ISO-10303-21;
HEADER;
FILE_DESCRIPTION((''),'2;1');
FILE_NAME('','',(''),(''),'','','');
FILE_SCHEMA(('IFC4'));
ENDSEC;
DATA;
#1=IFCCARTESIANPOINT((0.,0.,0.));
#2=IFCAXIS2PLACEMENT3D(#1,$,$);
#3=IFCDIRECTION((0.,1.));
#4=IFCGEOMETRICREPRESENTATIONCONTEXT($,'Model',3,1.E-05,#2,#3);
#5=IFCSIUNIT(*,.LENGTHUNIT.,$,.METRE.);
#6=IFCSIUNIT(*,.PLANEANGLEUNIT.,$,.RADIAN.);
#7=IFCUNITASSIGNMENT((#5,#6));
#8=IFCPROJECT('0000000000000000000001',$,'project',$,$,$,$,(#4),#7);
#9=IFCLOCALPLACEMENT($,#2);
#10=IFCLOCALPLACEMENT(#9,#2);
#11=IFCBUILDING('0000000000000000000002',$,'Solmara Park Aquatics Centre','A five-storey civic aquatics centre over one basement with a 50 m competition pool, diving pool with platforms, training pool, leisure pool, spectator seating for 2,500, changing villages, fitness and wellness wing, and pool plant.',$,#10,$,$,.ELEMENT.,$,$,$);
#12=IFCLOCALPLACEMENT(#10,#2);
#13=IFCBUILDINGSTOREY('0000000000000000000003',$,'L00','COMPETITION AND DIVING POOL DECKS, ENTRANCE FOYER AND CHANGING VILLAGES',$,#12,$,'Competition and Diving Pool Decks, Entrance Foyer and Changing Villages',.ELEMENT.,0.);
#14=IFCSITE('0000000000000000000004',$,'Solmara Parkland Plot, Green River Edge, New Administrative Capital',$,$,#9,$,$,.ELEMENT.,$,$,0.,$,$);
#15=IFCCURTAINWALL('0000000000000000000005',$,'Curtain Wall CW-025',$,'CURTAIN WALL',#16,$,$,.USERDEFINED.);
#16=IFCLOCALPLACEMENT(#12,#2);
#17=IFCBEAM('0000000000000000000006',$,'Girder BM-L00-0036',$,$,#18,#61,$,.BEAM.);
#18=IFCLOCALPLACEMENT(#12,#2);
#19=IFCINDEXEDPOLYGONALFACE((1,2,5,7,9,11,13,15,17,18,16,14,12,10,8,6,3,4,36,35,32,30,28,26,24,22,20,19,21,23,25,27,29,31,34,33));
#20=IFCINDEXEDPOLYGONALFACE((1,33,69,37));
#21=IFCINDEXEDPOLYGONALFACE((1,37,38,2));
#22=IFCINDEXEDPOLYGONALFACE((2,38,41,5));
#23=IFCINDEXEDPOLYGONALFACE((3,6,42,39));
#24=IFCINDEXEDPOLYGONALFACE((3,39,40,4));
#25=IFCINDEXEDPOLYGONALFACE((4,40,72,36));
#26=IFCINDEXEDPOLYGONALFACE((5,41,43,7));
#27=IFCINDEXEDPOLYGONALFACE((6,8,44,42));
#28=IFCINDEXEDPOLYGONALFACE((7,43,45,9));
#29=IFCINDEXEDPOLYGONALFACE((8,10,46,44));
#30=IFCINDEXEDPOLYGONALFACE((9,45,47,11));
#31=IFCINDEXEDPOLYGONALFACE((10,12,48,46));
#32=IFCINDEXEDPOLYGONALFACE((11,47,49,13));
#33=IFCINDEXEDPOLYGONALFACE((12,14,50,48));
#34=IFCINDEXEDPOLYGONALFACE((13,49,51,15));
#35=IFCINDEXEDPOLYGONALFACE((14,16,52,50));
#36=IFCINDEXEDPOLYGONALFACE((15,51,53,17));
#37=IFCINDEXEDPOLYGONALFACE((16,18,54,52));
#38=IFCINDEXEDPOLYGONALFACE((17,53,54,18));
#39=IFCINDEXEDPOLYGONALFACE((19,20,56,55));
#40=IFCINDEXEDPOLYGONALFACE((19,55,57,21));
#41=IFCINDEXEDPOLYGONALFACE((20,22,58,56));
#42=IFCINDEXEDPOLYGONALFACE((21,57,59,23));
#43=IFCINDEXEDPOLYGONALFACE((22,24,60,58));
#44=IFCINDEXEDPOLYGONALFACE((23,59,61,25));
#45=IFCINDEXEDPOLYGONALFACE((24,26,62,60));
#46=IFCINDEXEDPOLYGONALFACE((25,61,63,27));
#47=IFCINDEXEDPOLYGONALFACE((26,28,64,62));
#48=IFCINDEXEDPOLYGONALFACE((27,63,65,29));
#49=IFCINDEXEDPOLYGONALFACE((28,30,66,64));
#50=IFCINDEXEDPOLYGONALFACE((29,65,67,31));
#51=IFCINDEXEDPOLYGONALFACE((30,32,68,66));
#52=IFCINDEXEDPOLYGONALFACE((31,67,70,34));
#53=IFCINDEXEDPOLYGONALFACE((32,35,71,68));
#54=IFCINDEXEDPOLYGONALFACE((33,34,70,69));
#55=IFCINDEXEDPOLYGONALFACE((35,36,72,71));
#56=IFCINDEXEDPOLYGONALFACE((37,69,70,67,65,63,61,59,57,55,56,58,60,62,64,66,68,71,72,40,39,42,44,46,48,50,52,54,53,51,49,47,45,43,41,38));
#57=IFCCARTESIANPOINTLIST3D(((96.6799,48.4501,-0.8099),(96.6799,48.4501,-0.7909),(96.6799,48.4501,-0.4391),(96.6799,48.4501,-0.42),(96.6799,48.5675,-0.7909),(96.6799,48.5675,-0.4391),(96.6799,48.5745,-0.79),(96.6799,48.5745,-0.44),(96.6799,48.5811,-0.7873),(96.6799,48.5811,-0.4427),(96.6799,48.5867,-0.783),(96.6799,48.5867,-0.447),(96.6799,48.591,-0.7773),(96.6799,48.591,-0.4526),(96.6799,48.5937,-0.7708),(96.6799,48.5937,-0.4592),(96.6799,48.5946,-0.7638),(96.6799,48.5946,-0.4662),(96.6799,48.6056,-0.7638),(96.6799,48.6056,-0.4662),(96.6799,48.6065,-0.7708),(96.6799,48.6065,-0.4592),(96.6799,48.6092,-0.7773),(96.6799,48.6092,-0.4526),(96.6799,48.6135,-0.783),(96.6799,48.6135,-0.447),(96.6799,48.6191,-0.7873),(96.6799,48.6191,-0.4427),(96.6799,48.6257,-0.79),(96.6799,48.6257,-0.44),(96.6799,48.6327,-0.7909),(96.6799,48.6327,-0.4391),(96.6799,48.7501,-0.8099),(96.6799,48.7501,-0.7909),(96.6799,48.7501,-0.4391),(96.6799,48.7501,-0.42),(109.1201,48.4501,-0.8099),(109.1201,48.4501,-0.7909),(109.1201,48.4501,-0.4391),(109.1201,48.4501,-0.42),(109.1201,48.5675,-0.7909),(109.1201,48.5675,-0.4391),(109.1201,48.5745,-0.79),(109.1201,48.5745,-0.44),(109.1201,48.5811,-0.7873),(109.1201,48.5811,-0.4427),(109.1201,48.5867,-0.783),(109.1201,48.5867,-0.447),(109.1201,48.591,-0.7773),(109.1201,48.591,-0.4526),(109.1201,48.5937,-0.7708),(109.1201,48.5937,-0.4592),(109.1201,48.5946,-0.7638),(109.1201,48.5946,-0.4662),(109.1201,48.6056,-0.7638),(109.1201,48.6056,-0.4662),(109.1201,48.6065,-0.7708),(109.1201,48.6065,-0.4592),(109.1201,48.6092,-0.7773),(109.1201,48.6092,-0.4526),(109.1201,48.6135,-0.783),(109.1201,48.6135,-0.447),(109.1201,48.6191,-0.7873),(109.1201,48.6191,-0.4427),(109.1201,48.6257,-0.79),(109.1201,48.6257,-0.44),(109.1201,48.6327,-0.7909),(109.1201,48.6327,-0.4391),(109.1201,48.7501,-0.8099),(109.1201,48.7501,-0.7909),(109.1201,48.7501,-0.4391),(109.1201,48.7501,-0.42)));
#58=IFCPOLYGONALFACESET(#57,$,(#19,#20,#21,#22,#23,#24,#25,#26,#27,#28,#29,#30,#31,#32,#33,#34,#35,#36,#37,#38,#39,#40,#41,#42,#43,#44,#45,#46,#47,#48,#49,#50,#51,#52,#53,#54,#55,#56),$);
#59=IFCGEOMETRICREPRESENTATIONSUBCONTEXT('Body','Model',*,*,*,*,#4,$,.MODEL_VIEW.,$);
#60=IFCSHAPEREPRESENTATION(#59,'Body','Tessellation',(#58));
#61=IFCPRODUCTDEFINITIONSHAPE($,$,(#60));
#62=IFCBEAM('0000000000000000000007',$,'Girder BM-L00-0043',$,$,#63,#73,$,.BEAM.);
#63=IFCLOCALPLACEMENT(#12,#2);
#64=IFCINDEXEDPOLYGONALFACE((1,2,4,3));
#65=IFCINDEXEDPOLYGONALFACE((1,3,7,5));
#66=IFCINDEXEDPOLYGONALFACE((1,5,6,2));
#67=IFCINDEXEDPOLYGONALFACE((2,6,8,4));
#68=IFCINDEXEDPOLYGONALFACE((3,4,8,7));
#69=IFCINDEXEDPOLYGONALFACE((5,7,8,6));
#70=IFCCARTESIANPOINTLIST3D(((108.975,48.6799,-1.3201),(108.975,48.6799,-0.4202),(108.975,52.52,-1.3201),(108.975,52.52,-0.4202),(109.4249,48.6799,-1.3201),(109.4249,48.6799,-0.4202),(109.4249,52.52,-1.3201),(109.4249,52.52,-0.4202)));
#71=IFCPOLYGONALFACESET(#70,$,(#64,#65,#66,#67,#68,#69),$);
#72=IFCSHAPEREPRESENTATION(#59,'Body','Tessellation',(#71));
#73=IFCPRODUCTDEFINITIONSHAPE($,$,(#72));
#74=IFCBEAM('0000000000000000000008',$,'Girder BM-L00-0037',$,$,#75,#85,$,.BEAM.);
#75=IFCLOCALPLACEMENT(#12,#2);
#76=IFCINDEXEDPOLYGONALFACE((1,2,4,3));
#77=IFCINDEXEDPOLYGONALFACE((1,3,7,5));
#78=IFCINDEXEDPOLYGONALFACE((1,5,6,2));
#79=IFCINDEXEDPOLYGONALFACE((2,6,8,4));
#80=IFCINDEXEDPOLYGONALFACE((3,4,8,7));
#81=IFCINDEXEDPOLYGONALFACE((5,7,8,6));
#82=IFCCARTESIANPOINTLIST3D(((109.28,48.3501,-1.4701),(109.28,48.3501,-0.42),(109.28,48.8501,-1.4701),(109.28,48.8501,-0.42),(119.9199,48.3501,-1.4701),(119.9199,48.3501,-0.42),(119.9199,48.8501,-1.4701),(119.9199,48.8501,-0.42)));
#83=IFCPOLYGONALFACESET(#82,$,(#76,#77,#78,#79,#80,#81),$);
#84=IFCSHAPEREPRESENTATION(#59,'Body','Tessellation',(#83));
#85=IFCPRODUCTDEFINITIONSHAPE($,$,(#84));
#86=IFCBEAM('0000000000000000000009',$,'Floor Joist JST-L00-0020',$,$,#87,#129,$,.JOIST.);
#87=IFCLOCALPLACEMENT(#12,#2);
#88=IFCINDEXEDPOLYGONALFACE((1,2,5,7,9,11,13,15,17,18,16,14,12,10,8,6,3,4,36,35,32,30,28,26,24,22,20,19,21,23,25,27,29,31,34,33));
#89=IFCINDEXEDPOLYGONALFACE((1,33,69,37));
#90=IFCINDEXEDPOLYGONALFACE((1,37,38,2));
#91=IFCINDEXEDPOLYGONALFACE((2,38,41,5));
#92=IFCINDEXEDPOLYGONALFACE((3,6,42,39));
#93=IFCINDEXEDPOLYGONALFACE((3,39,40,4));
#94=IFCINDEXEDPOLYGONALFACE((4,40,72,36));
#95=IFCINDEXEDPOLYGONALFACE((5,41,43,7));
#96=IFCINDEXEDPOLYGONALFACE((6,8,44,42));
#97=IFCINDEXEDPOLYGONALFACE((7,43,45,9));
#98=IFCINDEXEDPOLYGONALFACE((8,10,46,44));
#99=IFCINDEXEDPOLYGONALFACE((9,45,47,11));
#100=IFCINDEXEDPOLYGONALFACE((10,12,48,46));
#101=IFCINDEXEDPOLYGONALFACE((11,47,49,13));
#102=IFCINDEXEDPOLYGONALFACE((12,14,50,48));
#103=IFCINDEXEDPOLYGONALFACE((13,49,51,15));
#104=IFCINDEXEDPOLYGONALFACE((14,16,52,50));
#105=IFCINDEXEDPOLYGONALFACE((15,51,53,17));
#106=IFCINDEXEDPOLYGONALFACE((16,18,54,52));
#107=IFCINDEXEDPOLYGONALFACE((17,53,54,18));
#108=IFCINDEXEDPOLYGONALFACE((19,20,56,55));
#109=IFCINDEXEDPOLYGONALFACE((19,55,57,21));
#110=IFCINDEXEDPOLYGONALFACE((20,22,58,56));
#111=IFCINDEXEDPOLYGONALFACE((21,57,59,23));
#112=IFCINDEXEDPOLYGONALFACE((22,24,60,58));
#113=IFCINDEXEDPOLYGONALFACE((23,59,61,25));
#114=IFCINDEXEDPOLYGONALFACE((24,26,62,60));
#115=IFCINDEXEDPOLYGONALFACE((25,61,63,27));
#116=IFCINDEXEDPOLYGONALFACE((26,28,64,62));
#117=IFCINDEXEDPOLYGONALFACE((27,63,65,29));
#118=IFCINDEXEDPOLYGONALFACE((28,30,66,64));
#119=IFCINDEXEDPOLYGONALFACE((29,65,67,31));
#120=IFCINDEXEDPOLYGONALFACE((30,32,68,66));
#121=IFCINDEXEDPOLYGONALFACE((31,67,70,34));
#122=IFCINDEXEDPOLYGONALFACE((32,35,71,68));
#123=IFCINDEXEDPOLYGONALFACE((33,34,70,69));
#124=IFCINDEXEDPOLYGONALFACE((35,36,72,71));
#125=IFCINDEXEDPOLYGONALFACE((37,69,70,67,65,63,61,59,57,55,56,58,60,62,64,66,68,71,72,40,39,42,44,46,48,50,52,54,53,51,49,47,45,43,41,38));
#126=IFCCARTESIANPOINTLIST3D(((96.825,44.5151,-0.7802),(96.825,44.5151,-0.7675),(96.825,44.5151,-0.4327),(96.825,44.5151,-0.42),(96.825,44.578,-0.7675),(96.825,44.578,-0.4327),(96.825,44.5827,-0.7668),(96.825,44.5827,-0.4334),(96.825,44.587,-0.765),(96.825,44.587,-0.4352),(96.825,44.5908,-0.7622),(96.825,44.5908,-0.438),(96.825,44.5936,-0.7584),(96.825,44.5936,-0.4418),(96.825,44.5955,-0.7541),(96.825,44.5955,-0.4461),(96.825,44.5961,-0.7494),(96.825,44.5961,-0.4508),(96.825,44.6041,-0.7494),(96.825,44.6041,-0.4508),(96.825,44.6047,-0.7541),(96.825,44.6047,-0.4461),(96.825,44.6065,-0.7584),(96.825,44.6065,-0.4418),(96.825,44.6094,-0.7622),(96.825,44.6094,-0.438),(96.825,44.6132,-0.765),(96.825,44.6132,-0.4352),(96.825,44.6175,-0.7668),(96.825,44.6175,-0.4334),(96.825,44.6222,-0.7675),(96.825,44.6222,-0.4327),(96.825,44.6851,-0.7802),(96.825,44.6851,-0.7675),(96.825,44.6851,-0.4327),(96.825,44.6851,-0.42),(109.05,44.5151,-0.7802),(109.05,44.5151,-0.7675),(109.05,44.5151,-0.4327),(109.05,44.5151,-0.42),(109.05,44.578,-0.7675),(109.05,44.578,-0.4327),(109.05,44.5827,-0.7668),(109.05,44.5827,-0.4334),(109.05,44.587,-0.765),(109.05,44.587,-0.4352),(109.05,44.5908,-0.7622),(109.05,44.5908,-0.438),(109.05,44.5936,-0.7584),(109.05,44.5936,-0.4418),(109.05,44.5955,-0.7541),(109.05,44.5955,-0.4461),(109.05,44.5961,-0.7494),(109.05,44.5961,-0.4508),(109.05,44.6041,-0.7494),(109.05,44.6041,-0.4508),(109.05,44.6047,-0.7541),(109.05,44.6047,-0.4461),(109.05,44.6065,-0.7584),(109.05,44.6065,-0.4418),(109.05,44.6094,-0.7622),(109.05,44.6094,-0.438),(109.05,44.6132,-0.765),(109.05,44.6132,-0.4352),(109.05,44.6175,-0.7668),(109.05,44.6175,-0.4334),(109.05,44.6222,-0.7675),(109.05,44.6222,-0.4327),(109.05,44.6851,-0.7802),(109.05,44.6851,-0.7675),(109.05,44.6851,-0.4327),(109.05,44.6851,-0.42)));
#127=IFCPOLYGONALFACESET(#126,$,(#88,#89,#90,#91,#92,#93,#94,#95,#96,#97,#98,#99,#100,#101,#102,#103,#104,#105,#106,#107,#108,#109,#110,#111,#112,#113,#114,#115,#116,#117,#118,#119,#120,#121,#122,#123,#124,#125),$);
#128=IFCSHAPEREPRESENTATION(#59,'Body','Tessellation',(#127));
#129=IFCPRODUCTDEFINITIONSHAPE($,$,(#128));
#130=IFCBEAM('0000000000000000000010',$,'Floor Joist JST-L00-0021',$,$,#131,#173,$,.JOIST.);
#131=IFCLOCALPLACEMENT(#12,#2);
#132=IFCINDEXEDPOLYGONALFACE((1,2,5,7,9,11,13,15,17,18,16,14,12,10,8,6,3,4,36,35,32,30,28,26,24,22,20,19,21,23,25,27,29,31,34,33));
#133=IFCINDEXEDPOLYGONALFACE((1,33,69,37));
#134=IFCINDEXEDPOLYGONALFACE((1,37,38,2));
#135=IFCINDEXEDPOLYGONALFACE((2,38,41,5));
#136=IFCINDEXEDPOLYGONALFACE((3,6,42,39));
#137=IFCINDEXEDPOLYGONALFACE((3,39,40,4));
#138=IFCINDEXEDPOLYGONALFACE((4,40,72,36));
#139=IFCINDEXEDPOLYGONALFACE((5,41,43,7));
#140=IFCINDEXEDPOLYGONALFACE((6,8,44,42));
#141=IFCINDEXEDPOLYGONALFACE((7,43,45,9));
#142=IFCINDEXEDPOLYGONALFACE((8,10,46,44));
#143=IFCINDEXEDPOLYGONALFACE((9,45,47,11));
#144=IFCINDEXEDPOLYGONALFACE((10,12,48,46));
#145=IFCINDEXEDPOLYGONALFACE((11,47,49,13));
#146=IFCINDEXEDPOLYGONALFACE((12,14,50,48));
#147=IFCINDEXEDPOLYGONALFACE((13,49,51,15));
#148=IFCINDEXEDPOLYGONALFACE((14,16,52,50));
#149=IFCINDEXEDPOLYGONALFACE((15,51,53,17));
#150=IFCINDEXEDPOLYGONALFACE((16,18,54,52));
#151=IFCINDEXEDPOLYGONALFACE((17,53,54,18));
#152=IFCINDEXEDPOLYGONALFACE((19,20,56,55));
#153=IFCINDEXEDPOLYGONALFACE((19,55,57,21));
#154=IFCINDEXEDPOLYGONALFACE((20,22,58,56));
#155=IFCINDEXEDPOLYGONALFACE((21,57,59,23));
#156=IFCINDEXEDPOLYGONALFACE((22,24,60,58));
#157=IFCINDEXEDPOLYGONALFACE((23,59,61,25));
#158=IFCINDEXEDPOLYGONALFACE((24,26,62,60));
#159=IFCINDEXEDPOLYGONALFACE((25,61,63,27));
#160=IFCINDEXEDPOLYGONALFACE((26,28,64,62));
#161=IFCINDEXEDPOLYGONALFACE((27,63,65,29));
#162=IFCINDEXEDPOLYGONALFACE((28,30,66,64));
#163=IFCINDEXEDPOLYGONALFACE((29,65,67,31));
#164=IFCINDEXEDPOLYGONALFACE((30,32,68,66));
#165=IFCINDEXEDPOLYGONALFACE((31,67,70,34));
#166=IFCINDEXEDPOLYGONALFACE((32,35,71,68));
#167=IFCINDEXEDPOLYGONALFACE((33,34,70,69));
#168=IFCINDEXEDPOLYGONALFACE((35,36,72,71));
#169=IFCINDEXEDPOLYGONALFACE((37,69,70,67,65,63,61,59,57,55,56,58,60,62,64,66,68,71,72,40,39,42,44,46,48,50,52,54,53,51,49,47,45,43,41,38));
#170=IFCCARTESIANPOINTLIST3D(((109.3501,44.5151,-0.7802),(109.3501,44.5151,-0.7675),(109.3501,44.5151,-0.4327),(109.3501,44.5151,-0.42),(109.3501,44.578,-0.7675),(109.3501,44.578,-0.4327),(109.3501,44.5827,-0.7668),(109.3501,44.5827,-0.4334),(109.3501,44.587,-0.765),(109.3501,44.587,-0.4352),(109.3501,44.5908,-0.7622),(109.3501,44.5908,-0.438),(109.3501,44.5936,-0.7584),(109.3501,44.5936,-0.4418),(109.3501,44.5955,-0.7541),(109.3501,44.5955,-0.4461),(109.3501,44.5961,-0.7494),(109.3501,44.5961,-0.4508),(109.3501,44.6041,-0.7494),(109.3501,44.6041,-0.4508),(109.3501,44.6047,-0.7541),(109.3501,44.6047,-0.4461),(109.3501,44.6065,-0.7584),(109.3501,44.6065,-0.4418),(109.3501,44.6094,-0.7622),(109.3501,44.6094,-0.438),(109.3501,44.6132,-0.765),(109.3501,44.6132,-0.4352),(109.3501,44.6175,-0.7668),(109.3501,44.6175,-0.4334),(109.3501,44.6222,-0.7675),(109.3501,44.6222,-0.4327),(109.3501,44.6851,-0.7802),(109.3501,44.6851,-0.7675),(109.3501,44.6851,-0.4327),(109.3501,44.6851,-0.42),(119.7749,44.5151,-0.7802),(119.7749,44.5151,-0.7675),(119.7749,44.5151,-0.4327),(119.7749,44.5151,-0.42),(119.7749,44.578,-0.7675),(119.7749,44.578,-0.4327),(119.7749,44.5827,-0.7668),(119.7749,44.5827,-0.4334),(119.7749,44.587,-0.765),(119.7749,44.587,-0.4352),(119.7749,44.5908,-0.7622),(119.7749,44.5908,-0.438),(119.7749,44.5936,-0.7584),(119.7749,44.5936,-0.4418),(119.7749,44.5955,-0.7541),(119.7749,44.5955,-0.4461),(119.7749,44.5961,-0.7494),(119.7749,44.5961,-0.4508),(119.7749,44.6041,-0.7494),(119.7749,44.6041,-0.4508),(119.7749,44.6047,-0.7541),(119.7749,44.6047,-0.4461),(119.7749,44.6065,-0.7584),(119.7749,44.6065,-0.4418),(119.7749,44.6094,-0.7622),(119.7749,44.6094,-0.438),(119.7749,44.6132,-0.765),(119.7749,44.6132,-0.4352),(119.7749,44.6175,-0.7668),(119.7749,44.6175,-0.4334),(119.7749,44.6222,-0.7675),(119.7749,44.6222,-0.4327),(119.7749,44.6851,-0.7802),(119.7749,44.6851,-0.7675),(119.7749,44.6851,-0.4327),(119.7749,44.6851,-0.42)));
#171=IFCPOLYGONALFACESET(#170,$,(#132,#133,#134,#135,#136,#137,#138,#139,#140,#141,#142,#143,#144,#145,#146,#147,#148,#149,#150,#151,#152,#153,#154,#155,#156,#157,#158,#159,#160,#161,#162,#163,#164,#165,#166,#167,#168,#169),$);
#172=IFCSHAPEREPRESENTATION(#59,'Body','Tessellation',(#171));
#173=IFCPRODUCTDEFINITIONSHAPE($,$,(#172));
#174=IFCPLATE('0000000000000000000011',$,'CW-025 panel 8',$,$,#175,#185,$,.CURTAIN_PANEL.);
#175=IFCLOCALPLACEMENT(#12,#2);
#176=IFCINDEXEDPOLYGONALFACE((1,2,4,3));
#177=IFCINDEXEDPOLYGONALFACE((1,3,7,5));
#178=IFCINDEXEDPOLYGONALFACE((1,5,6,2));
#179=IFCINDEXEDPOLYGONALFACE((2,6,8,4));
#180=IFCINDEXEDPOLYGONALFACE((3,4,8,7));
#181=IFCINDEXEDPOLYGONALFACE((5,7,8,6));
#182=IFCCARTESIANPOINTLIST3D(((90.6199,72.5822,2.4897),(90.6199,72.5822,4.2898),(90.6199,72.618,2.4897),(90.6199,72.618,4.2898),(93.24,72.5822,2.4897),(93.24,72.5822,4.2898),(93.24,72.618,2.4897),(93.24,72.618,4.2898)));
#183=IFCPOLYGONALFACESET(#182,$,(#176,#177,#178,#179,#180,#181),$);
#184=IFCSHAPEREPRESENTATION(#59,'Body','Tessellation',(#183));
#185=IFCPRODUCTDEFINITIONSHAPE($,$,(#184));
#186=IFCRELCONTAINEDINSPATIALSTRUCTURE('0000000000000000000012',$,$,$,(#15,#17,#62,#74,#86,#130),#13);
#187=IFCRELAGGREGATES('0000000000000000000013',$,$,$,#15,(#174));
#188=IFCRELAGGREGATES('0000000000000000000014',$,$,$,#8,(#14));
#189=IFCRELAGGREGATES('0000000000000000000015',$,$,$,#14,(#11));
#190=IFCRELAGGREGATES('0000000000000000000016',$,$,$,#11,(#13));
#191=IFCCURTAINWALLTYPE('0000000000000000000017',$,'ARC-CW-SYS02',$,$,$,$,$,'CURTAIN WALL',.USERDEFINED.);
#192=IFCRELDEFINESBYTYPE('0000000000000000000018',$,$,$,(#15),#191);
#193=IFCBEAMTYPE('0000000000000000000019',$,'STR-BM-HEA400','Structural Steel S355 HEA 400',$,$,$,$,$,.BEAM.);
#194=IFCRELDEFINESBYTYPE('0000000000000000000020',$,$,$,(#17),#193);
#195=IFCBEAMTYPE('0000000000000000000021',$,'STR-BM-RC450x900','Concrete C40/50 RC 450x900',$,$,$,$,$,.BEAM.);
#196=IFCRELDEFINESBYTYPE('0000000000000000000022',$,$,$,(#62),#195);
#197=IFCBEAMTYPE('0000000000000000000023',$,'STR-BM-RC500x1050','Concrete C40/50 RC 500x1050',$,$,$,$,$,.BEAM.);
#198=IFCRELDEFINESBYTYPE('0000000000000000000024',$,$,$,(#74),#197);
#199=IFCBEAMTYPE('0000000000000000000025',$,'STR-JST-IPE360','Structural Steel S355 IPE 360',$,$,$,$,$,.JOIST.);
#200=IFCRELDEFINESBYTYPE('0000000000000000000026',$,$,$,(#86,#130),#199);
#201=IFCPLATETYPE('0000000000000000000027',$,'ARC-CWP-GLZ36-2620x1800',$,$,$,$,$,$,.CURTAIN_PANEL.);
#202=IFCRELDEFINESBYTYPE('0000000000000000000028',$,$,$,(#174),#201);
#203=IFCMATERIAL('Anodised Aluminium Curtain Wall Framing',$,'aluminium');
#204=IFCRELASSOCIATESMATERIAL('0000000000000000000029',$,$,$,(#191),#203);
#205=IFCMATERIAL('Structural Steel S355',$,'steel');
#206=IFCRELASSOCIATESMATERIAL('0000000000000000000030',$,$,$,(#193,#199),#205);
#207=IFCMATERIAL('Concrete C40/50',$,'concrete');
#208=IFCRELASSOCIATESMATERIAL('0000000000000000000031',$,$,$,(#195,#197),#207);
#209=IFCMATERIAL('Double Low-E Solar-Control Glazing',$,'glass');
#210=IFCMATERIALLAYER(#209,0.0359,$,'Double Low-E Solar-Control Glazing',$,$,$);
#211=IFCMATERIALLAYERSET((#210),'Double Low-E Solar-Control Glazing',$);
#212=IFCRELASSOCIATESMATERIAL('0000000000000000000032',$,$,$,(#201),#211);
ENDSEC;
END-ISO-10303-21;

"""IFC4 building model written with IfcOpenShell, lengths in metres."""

from ifc_helpers import new_model, si_unit, direction, frame, origin, origin_2d, place, context, subcontext, project, spatial, rectangle, i_section, extrude, material, layer, layer_set, material_profile, profile_set, type_object, element, aggregate, save


model = new_model("IFC4")

# Units and contexts
model_context = context("Model", 3, precision=1e-05, world=origin(), true_north=direction((0.0, 1.0)))
body_context = subcontext(model_context, "Body", "Model", "MODEL_VIEW")
ifc_project = project(units=[si_unit("LENGTHUNIT", "METRE"), si_unit("PLANEANGLEUNIT", "RADIAN")], contexts=[model_context])

# Site, building, storey
site_placement = place(None, origin())
site = spatial("IfcSite", under=ifc_project, at=site_placement, Name="Solmara Parkland Plot, Green River Edge, New Administrative Capital", CompositionType="ELEMENT", RefElevation=0.0)
building_placement = place(site_placement, origin())
building = spatial("IfcBuilding", under=site, at=building_placement, Name="Solmara Park Aquatics Centre", Description="A five-storey civic aquatics centre over one basement with a 50 m competition pool, diving pool with platforms, training pool, leisure pool, spectator seating for 2,500, changing villages, fitness and wellness wing, and pool plant.", CompositionType="ELEMENT")
storey_placement = place(building_placement, origin())
storey = spatial("IfcBuildingStorey", under=building, at=storey_placement, Name="L00", Description="COMPETITION AND DIVING POOL DECKS, ENTRANCE FOYER AND CHANGING VILLAGES", LongName="Competition and Diving Pool Decks, Entrance Foyer and Changing Villages", CompositionType="ELEMENT", Elevation=0.0)

# Shared definitions
ifc_material_1 = material(Name="Structural Steel S355", Category="steel")
ifc_material_2 = material(Name="Concrete C40/50", Category="concrete")

# Curtain wall
ifc_material_3 = material(Name="Anodised Aluminium Curtain Wall Framing", Category="aluminium")
curtain_wall_type = type_object("IfcCurtainWallType", Name="ARC-CW-SYS02", ElementType="CURTAIN WALL", PredefinedType="USERDEFINED", material=ifc_material_3)
curtain_wall_placement = place(storey_placement, origin())
curtain_wall = element("IfcCurtainWall", 1, at=curtain_wall_placement, inside=storey, type_object=curtain_wall_type, Name="Curtain Wall CW-025", ObjectType="CURTAIN WALL", PredefinedType="USERDEFINED")

# Beams
ifc_material_profile_1 = material_profile(ifc_material_1, i_section(OverallWidth=0.3, OverallDepth=0.3899, WebThickness=0.011, FlangeThickness=0.019, FilletRadius=0.0271, at=origin_2d()), Name="HEA 400")
ifc_profile_set_1 = profile_set([ifc_material_profile_1], Name="Structural Steel S355")
beam_type_1 = type_object("IfcBeamType", Name="STR-BM-HEA400", Description="Structural Steel S355 HEA 400", PredefinedType="BEAM", material=ifc_profile_set_1)
beam_1_placement = place(storey_placement, frame((96.6799, 48.6001, -0.615), z_axis=(1.0, 0.0, 0.0), x_axis=(0.0, 1.0, 0.0)))
element("IfcBeam", 2, at=beam_1_placement, inside=storey, type_object=beam_type_1, Name="Girder BM-L00-0036", PredefinedType="BEAM", context=body_context, shape_type="SweptSolid", body=[
    extrude(i_section(OverallWidth=0.3, OverallDepth=0.3899, WebThickness=0.011, FlangeThickness=0.019, FilletRadius=0.0271, at=origin_2d()), origin(), (0.0, 0.0, 1.0), 12.4402),
])
ifc_material_profile_2 = material_profile(ifc_material_2, rectangle(XDim=0.45, YDim=0.8999, at=origin_2d()), Name="RC 450x900")
ifc_profile_set_2 = profile_set([ifc_material_profile_2], Name="Concrete C40/50")
beam_type_2 = type_object("IfcBeamType", Name="STR-BM-RC450x900", Description="Concrete C40/50 RC 450x900", PredefinedType="BEAM", material=ifc_profile_set_2)
beam_2_placement = place(storey_placement, frame((109.2, 48.6799, -0.8701), z_axis=(0.0, 1.0, 0.0), x_axis=(-1.0, 0.0, 0.0)))
element("IfcBeam", 3, at=beam_2_placement, inside=storey, type_object=beam_type_2, Name="Girder BM-L00-0043", PredefinedType="BEAM", context=body_context, shape_type="SweptSolid", body=[
    extrude(rectangle(XDim=0.45, YDim=0.8999, at=origin_2d()), origin(), (0.0, 0.0, 1.0), 3.8401),
])
ifc_material_profile_3 = material_profile(ifc_material_2, rectangle(XDim=0.5, YDim=1.05, at=origin_2d()), Name="RC 500x1050")
ifc_profile_set_3 = profile_set([ifc_material_profile_3], Name="Concrete C40/50")
beam_type_3 = type_object("IfcBeamType", Name="STR-BM-RC500x1050", Description="Concrete C40/50 RC 500x1050", PredefinedType="BEAM", material=ifc_profile_set_3)
beam_3_placement = place(storey_placement, frame((109.28, 48.6001, -0.9451), z_axis=(1.0, 0.0, 0.0), x_axis=(0.0, 1.0, 0.0)))
element("IfcBeam", 4, at=beam_3_placement, inside=storey, type_object=beam_type_3, Name="Girder BM-L00-0037", PredefinedType="BEAM", context=body_context, shape_type="SweptSolid", body=[
    extrude(rectangle(XDim=0.5, YDim=1.05, at=origin_2d()), origin(), (0.0, 0.0, 1.0), 10.6399),
])
ifc_material_profile_4 = material_profile(ifc_material_1, i_section(OverallWidth=0.1699, OverallDepth=0.3601, WebThickness=0.0081, FlangeThickness=0.0127, FilletRadius=0.0181, at=origin_2d()), Name="IPE 360")
ifc_profile_set_4 = profile_set([ifc_material_profile_4], Name="Structural Steel S355")
beam_type_4 = type_object("IfcBeamType", Name="STR-JST-IPE360", Description="Structural Steel S355 IPE 360", PredefinedType="JOIST", material=ifc_profile_set_4)
beam_4_placement = place(storey_placement, frame((96.825, 44.6001, -0.6001), z_axis=(1.0, 0.0, 0.0), x_axis=(0.0, 1.0, 0.0)))
element("IfcBeam", 5, at=beam_4_placement, inside=storey, type_object=beam_type_4, Name="Floor Joist JST-L00-0020", PredefinedType="JOIST", context=body_context, shape_type="SweptSolid", body=[
    extrude(i_section(OverallWidth=0.1699, OverallDepth=0.3601, WebThickness=0.0081, FlangeThickness=0.0127, FilletRadius=0.0181, at=origin_2d()), origin(), (0.0, 0.0, 1.0), 12.2251),
])
beam_5_placement = place(storey_placement, frame((109.3501, 44.6001, -0.6001), z_axis=(1.0, 0.0, 0.0), x_axis=(0.0, 1.0, 0.0)))
element("IfcBeam", 6, at=beam_5_placement, inside=storey, type_object=beam_type_4, Name="Floor Joist JST-L00-0021", PredefinedType="JOIST", context=body_context, shape_type="SweptSolid", body=[
    extrude(i_section(OverallWidth=0.1699, OverallDepth=0.3601, WebThickness=0.0081, FlangeThickness=0.0127, FilletRadius=0.0181, at=origin_2d()), origin(), (0.0, 0.0, 1.0), 10.4248),
])

# Plate
ifc_material_4 = material(Name="Double Low-E Solar-Control Glazing", Category="glass")
ifc_layer_1 = layer(ifc_material_4, 0.0359, Name="Double Low-E Solar-Control Glazing")
ifc_layer_set_1 = layer_set([ifc_layer_1], Name="Double Low-E Solar-Control Glazing")
plate_type_1 = type_object("IfcPlateType", Name="ARC-CWP-GLZ36-2620x1800", PredefinedType="CURTAIN_PANEL", material=ifc_layer_set_1)
plate_1_placement = place(storey_placement, frame((91.9299, 72.6001, 2.4897), z_axis=(0.0, 0.0, 1.0), x_axis=(1.0, 0.0, 0.0)))
plate_1 = element("IfcPlate", 7, at=plate_1_placement, type_object=plate_type_1, Name="CW-025 panel 8", PredefinedType="CURTAIN_PANEL", context=body_context, shape_type="SweptSolid", body=[
    extrude(rectangle(XDim=2.6201, YDim=0.0359, at=origin_2d()), origin(), (0.0, 0.0, 1.0), 1.8),
])
aggregate(curtain_wall, [plate_1])

save(model, "model.ifc")
